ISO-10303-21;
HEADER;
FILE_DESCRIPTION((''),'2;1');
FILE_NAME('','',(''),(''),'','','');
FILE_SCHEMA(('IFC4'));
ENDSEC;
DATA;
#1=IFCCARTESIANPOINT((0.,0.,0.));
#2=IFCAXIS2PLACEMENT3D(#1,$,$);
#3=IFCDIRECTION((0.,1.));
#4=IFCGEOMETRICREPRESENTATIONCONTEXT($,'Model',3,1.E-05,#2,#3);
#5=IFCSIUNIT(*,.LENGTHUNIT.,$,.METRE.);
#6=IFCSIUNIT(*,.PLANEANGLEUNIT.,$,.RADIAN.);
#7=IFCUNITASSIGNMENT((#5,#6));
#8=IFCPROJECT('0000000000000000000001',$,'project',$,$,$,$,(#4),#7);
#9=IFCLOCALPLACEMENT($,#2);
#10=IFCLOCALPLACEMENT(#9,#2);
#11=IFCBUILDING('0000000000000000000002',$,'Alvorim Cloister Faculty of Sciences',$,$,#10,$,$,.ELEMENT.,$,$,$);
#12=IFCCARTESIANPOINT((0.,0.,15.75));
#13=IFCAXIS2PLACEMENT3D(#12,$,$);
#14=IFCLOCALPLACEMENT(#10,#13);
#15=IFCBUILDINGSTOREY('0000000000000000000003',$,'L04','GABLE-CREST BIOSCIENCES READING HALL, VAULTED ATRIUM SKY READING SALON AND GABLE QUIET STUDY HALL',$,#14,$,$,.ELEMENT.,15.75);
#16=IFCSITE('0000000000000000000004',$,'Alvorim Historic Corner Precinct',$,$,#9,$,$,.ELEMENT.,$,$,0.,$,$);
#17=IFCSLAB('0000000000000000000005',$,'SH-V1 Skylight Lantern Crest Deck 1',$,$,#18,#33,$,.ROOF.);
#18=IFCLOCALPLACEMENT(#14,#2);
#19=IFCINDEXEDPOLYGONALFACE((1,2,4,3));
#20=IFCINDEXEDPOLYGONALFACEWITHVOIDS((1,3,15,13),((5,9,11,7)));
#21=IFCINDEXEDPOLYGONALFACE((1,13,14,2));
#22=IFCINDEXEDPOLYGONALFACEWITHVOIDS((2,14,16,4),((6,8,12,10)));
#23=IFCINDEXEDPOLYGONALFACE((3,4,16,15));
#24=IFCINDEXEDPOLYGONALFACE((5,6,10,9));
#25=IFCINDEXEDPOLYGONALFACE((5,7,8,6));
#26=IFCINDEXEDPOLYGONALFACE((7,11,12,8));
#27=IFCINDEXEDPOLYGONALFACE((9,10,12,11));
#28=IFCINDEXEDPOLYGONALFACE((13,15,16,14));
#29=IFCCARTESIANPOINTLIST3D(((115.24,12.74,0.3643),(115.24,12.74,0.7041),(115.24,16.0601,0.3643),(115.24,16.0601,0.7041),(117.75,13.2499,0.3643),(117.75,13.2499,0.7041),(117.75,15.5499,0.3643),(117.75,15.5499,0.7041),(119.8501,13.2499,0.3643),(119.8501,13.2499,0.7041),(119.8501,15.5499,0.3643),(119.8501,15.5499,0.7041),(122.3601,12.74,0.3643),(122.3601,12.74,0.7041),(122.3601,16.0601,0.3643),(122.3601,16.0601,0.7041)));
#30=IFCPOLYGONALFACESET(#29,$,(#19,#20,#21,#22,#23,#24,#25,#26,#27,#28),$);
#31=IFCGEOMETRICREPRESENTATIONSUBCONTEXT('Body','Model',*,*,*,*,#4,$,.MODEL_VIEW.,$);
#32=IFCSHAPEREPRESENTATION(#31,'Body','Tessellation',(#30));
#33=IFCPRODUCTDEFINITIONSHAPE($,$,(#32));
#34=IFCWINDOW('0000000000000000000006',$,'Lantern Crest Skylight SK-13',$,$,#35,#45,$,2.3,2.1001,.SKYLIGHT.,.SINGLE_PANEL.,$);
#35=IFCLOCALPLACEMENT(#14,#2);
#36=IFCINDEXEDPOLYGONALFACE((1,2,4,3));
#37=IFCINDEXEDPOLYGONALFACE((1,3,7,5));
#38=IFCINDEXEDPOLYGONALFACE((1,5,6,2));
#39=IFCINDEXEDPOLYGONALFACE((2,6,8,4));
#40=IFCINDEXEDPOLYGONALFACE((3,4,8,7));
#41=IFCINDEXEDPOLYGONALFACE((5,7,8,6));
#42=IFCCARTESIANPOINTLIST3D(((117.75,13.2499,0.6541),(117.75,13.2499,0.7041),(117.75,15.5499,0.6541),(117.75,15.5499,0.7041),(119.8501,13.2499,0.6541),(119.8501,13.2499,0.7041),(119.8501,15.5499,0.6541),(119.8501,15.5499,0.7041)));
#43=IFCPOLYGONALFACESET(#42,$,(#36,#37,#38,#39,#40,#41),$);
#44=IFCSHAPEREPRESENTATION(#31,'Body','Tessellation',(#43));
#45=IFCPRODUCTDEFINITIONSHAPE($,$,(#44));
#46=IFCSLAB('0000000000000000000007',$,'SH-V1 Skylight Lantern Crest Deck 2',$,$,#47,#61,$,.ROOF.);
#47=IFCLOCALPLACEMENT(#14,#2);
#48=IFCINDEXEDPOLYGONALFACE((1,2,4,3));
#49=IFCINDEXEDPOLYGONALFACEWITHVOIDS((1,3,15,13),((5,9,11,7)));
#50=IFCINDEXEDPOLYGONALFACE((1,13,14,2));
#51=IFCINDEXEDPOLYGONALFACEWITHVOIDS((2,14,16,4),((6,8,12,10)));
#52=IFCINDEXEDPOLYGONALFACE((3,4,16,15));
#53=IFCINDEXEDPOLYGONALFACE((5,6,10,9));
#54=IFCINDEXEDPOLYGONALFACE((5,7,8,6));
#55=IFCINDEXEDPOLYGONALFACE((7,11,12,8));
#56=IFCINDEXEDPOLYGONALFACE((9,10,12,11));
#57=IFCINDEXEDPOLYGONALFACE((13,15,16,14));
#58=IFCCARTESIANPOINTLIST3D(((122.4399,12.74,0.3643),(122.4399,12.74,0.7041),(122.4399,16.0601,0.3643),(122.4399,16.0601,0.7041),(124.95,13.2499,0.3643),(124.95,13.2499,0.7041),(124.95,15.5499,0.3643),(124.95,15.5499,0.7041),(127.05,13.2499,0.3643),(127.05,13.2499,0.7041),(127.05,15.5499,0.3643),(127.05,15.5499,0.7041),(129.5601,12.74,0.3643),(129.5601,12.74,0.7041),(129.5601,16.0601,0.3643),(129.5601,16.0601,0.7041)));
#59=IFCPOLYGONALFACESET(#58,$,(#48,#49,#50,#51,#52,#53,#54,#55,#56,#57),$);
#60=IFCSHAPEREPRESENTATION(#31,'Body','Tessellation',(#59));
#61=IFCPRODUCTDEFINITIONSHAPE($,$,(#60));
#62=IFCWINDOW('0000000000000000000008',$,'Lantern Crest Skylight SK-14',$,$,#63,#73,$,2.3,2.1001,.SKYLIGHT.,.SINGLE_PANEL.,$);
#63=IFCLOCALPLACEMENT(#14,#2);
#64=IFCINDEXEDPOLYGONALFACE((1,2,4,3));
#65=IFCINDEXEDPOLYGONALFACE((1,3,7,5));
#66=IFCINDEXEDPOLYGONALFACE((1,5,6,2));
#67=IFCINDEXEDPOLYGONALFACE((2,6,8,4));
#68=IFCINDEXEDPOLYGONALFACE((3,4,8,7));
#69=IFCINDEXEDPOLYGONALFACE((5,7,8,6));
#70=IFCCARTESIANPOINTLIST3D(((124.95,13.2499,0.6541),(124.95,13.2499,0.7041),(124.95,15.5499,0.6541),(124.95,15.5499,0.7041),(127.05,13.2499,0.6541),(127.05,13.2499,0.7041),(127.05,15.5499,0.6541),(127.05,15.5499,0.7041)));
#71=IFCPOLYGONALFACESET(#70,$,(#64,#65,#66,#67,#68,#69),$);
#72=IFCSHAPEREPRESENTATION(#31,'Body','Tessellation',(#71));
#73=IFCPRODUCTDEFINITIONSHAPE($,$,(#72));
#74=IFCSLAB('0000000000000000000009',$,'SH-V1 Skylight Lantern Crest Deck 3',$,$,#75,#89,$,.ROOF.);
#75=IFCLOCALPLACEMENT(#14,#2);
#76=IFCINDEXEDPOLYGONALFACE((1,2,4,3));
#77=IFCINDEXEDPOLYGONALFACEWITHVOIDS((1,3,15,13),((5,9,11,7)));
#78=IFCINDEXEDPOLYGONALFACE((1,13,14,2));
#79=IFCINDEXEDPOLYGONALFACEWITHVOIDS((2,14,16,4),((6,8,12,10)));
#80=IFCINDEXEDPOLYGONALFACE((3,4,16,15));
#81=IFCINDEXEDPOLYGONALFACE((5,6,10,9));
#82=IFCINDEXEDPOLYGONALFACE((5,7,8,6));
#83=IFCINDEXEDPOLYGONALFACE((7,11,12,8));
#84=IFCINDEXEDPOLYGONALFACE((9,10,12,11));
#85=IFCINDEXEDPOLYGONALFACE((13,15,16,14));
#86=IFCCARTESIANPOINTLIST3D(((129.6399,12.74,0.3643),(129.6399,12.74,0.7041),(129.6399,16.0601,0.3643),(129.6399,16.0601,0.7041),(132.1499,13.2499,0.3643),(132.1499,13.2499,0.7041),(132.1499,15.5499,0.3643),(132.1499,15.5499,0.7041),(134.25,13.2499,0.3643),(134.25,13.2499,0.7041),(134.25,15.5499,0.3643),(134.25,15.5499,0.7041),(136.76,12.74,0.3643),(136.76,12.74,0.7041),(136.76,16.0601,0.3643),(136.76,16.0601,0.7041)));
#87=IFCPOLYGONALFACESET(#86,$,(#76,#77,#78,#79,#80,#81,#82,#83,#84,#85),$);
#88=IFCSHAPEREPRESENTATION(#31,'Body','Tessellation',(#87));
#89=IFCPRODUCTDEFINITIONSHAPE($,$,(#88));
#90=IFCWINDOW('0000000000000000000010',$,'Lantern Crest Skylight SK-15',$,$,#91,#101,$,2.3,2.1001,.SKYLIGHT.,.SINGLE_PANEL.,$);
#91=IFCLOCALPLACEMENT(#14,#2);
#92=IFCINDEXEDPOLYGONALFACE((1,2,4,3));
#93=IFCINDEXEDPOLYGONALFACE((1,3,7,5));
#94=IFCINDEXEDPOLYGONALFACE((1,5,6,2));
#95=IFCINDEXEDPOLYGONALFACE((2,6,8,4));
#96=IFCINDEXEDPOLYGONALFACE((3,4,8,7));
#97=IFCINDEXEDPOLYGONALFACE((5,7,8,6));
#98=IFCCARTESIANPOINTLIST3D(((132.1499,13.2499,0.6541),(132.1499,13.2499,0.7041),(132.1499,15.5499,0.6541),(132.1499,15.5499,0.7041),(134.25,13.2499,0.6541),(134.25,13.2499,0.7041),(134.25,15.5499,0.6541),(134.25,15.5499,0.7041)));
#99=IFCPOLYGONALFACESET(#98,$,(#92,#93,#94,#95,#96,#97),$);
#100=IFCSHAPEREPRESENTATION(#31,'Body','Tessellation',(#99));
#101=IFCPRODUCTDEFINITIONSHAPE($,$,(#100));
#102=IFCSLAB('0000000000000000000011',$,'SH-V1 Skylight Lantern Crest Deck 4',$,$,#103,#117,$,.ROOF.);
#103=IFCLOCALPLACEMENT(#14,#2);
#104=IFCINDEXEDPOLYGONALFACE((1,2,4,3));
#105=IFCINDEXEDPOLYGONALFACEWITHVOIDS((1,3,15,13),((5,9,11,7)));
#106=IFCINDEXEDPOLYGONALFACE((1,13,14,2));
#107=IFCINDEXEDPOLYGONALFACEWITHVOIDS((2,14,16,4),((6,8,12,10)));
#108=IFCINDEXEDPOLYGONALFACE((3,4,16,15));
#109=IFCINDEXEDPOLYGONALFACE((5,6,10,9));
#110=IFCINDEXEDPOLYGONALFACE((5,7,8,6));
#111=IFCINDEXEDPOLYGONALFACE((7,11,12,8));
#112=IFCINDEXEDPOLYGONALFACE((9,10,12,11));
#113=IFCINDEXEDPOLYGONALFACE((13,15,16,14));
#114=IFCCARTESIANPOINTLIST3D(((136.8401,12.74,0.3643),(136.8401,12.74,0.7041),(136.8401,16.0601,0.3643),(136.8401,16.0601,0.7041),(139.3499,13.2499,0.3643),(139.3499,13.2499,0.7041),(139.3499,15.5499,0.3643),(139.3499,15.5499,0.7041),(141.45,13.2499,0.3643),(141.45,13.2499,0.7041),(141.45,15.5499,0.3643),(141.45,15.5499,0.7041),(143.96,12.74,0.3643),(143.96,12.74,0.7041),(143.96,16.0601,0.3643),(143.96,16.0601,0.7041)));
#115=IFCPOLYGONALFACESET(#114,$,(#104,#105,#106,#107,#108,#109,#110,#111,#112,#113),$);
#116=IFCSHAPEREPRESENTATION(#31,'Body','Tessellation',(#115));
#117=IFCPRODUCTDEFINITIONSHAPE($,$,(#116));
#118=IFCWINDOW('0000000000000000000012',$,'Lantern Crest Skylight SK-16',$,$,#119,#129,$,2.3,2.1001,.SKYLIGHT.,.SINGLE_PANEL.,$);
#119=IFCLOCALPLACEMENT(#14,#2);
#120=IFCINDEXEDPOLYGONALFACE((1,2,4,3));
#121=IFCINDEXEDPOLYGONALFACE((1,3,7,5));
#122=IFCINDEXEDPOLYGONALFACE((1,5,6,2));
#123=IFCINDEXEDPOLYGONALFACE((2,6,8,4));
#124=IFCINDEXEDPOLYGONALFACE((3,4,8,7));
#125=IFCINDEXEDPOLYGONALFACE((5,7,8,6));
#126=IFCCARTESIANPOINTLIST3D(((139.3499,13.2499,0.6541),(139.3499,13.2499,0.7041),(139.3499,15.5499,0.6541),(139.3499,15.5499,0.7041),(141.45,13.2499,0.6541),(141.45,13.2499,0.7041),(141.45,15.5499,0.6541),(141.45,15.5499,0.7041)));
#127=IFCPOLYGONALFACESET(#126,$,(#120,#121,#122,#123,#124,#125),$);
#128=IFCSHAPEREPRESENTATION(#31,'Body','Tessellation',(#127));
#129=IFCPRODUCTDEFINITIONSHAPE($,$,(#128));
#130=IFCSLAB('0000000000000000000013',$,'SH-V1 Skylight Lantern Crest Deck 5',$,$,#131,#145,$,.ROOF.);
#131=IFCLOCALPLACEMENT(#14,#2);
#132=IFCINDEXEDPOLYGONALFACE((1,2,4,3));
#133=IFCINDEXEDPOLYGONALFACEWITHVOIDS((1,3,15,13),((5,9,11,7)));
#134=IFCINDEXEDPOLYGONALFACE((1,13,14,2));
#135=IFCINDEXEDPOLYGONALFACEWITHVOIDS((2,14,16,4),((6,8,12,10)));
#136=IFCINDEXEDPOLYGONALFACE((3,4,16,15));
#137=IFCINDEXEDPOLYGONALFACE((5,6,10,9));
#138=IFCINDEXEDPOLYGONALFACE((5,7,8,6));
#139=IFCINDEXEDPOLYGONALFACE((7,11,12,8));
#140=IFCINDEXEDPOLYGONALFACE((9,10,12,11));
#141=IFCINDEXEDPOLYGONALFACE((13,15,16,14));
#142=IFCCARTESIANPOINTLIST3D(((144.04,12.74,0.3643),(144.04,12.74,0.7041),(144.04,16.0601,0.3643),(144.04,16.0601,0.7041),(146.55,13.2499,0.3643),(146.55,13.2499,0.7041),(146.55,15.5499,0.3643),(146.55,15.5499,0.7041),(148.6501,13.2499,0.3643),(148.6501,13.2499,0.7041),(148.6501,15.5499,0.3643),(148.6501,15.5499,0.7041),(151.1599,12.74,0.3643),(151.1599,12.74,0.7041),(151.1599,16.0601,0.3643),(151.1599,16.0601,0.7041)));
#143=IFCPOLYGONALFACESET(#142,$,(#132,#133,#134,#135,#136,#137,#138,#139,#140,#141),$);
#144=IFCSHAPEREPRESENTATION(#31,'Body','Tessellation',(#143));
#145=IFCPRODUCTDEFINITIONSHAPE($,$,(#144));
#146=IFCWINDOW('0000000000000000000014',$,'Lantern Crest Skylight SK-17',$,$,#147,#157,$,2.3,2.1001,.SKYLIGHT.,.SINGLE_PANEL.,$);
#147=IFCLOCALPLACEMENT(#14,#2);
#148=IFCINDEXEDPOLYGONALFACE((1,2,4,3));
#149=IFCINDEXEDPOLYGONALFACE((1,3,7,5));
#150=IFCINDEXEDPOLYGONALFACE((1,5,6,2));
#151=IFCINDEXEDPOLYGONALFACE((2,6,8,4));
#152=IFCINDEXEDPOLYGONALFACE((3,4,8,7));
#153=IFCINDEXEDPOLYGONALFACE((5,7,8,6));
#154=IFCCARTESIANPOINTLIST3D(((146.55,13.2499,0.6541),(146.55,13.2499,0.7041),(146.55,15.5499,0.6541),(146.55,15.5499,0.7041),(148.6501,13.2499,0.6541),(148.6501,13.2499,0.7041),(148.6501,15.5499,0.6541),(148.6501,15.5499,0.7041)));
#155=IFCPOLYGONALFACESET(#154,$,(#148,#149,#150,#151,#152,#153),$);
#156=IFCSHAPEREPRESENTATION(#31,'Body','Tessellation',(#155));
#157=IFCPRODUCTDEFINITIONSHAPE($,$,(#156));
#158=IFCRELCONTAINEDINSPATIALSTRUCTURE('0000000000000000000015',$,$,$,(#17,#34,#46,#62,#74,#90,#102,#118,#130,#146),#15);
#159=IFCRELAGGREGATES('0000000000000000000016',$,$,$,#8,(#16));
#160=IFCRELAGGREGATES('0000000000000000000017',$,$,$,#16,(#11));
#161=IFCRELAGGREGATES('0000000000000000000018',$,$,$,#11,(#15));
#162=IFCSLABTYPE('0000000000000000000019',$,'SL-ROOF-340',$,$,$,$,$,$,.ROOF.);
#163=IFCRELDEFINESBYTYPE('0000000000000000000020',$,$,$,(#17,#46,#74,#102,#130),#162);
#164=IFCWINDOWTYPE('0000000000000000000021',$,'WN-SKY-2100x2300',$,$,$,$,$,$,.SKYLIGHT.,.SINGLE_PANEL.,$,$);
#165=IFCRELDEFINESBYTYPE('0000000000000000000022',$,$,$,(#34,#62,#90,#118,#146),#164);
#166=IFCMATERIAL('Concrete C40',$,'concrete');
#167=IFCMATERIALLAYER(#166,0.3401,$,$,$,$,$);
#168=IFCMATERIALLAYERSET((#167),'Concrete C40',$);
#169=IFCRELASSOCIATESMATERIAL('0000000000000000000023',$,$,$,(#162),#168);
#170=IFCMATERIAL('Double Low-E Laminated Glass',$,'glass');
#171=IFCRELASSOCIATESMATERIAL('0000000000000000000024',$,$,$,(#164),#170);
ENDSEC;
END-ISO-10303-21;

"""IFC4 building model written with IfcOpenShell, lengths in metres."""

from ifc_helpers import new_model, si_unit, direction, frame, origin, origin_2d, place, context, subcontext, project, spatial, polyline, rectangle, outline, extrude, material, layer, layer_set, type_object, element, fill, save


model = new_model("IFC4")

# Units and contexts
model_context = context("Model", 3, precision=1e-05, world=origin(), true_north=direction((0.0, 1.0)))
body_context = subcontext(model_context, "Body", "Model", "MODEL_VIEW")
ifc_project = project(units=[si_unit("LENGTHUNIT", "METRE"), si_unit("PLANEANGLEUNIT", "RADIAN")], contexts=[model_context])

# Site, building, storey
site_placement = place(None, origin())
site = spatial("IfcSite", under=ifc_project, at=site_placement, Name="Alvorim Historic Corner Precinct", CompositionType="ELEMENT", RefElevation=0.0)
building_placement = place(site_placement, origin())
building = spatial("IfcBuilding", under=site, at=building_placement, Name="Alvorim Cloister Faculty of Sciences", CompositionType="ELEMENT")
storey_placement = place(building_placement, frame((0.0, 0.0, 15.75)))
storey = spatial("IfcBuildingStorey", under=building, at=storey_placement, Name="L04", Description="GABLE-CREST BIOSCIENCES READING HALL, VAULTED ATRIUM SKY READING SALON AND GABLE QUIET STUDY HALL", CompositionType="ELEMENT", Elevation=15.75)

# Slabs, openings, windows
ifc_material_1 = material(Name="Concrete C40", Category="concrete")
ifc_layer_1 = layer(ifc_material_1, 0.3401)
ifc_layer_set_1 = layer_set([ifc_layer_1], Name="Concrete C40")
slab_type = type_object("IfcSlabType", Name="SL-ROOF-340", PredefinedType="ROOF", material=ifc_layer_set_1)
slab_1_placement = place(storey_placement, frame((0.0, 0.0, 0.3643)))
slab_1 = element("IfcSlab", 1, at=slab_1_placement, inside=storey, type_object=slab_type, Name="SH-V1 Skylight Lantern Crest Deck 1", PredefinedType="ROOF", context=body_context, shape_type="SweptSolid", body=[
    extrude(outline(polyline([(115.24, 12.74), (122.3601, 12.74), (122.3601, 16.0601), (115.24, 16.0601), (115.24, 12.74)])), origin(), (0.0, 0.0, 1.0), 0.3398),
])
opening_1_placement = place(slab_1_placement, frame((118.8, 14.3999, -0.012)))
opening_1 = element("IfcOpeningElement", 2, at=opening_1_placement, cuts=slab_1, PredefinedType="OPENING", context=body_context, shape_type="SweptSolid", body=[
    extrude(rectangle(XDim=2.1001, YDim=2.3, at=origin_2d()), origin(), (0.0, 0.0, 1.0), 0.3638),
])
ifc_material_2 = material(Name="Double Low-E Laminated Glass", Category="glass")
window_type = type_object("IfcWindowType", Name="WN-SKY-2100x2300", PartitioningType="SINGLE_PANEL", PredefinedType="SKYLIGHT", material=ifc_material_2)
window_1_placement = place(slab_1_placement, frame((118.8, 14.3999, 0.2898)))
window_1 = element("IfcWindow", 3, at=window_1_placement, inside=storey, type_object=window_type, Name="Lantern Crest Skylight SK-13", OverallHeight=2.3, OverallWidth=2.1001, PartitioningType="SINGLE_PANEL", PredefinedType="SKYLIGHT", context=body_context, shape_type="SweptSolid", body=[
    extrude(rectangle(XDim=2.1001, YDim=2.3, at=origin_2d()), origin(), (0.0, 0.0, 1.0), 0.05),
])
fill(opening_1, window_1)
slab_2_placement = place(storey_placement, frame((0.0, 0.0, 0.3643)))
slab_2 = element("IfcSlab", 4, at=slab_2_placement, inside=storey, type_object=slab_type, Name="SH-V1 Skylight Lantern Crest Deck 2", PredefinedType="ROOF", context=body_context, shape_type="SweptSolid", body=[
    extrude(outline(polyline([(122.4399, 12.74), (129.5601, 12.74), (129.5601, 16.0601), (122.4399, 16.0601), (122.4399, 12.74)])), origin(), (0.0, 0.0, 1.0), 0.3398),
])
opening_2_placement = place(slab_2_placement, frame((126.0, 14.3999, -0.012)))
opening_2 = element("IfcOpeningElement", 5, at=opening_2_placement, cuts=slab_2, PredefinedType="OPENING", context=body_context, shape_type="SweptSolid", body=[
    extrude(rectangle(XDim=2.1001, YDim=2.3, at=origin_2d()), origin(), (0.0, 0.0, 1.0), 0.3638),
])
window_2_placement = place(slab_2_placement, frame((126.0, 14.3999, 0.2898)))
window_2 = element("IfcWindow", 6, at=window_2_placement, inside=storey, type_object=window_type, Name="Lantern Crest Skylight SK-14", OverallHeight=2.3, OverallWidth=2.1001, PartitioningType="SINGLE_PANEL", PredefinedType="SKYLIGHT", context=body_context, shape_type="SweptSolid", body=[
    extrude(rectangle(XDim=2.1001, YDim=2.3, at=origin_2d()), origin(), (0.0, 0.0, 1.0), 0.05),
])
fill(opening_2, window_2)
slab_3_placement = place(storey_placement, frame((0.0, 0.0, 0.3643)))
slab_3 = element("IfcSlab", 7, at=slab_3_placement, inside=storey, type_object=slab_type, Name="SH-V1 Skylight Lantern Crest Deck 3", PredefinedType="ROOF", context=body_context, shape_type="SweptSolid", body=[
    extrude(outline(polyline([(129.6399, 12.74), (136.76, 12.74), (136.76, 16.0601), (129.6399, 16.0601), (129.6399, 12.74)])), origin(), (0.0, 0.0, 1.0), 0.3398),
])
opening_3_placement = place(slab_3_placement, frame((133.2, 14.3999, -0.012)))
opening_3 = element("IfcOpeningElement", 8, at=opening_3_placement, cuts=slab_3, PredefinedType="OPENING", context=body_context, shape_type="SweptSolid", body=[
    extrude(rectangle(XDim=2.1001, YDim=2.3, at=origin_2d()), origin(), (0.0, 0.0, 1.0), 0.3638),
])
window_3_placement = place(slab_3_placement, frame((133.2, 14.3999, 0.2898)))
window_3 = element("IfcWindow", 9, at=window_3_placement, inside=storey, type_object=window_type, Name="Lantern Crest Skylight SK-15", OverallHeight=2.3, OverallWidth=2.1001, PartitioningType="SINGLE_PANEL", PredefinedType="SKYLIGHT", context=body_context, shape_type="SweptSolid", body=[
    extrude(rectangle(XDim=2.1001, YDim=2.3, at=origin_2d()), origin(), (0.0, 0.0, 1.0), 0.05),
])
fill(opening_3, window_3)
slab_4_placement = place(storey_placement, frame((0.0, 0.0, 0.3643)))
slab_4 = element("IfcSlab", 10, at=slab_4_placement, inside=storey, type_object=slab_type, Name="SH-V1 Skylight Lantern Crest Deck 4", PredefinedType="ROOF", context=body_context, shape_type="SweptSolid", body=[
    extrude(outline(polyline([(136.8401, 12.74), (143.96, 12.74), (143.96, 16.0601), (136.8401, 16.0601), (136.8401, 12.74)])), origin(), (0.0, 0.0, 1.0), 0.3398),
])
opening_4_placement = place(slab_4_placement, frame((140.3999, 14.3999, -0.012)))
opening_4 = element("IfcOpeningElement", 11, at=opening_4_placement, cuts=slab_4, PredefinedType="OPENING", context=body_context, shape_type="SweptSolid", body=[
    extrude(rectangle(XDim=2.1001, YDim=2.3, at=origin_2d()), origin(), (0.0, 0.0, 1.0), 0.3638),
])
window_4_placement = place(slab_4_placement, frame((140.3999, 14.3999, 0.2898)))
window_4 = element("IfcWindow", 12, at=window_4_placement, inside=storey, type_object=window_type, Name="Lantern Crest Skylight SK-16", OverallHeight=2.3, OverallWidth=2.1001, PartitioningType="SINGLE_PANEL", PredefinedType="SKYLIGHT", context=body_context, shape_type="SweptSolid", body=[
    extrude(rectangle(XDim=2.1001, YDim=2.3, at=origin_2d()), origin(), (0.0, 0.0, 1.0), 0.05),
])
fill(opening_4, window_4)
slab_5_placement = place(storey_placement, frame((0.0, 0.0, 0.3643)))
slab_5 = element("IfcSlab", 13, at=slab_5_placement, inside=storey, type_object=slab_type, Name="SH-V1 Skylight Lantern Crest Deck 5", PredefinedType="ROOF", context=body_context, shape_type="SweptSolid", body=[
    extrude(outline(polyline([(144.04, 12.74), (151.1599, 12.74), (151.1599, 16.0601), (144.04, 16.0601), (144.04, 12.74)])), origin(), (0.0, 0.0, 1.0), 0.3398),
])
opening_5_placement = place(slab_5_placement, frame((147.6001, 14.3999, -0.012)))
opening_5 = element("IfcOpeningElement", 14, at=opening_5_placement, cuts=slab_5, PredefinedType="OPENING", context=body_context, shape_type="SweptSolid", body=[
    extrude(rectangle(XDim=2.1001, YDim=2.3, at=origin_2d()), origin(), (0.0, 0.0, 1.0), 0.3638),
])
window_5_placement = place(slab_5_placement, frame((147.6001, 14.3999, 0.2898)))
window_5 = element("IfcWindow", 15, at=window_5_placement, inside=storey, type_object=window_type, Name="Lantern Crest Skylight SK-17", OverallHeight=2.3, OverallWidth=2.1001, PartitioningType="SINGLE_PANEL", PredefinedType="SKYLIGHT", context=body_context, shape_type="SweptSolid", body=[
    extrude(rectangle(XDim=2.1001, YDim=2.3, at=origin_2d()), origin(), (0.0, 0.0, 1.0), 0.05),
])
fill(opening_5, window_5)

save(model, "model.ifc")
